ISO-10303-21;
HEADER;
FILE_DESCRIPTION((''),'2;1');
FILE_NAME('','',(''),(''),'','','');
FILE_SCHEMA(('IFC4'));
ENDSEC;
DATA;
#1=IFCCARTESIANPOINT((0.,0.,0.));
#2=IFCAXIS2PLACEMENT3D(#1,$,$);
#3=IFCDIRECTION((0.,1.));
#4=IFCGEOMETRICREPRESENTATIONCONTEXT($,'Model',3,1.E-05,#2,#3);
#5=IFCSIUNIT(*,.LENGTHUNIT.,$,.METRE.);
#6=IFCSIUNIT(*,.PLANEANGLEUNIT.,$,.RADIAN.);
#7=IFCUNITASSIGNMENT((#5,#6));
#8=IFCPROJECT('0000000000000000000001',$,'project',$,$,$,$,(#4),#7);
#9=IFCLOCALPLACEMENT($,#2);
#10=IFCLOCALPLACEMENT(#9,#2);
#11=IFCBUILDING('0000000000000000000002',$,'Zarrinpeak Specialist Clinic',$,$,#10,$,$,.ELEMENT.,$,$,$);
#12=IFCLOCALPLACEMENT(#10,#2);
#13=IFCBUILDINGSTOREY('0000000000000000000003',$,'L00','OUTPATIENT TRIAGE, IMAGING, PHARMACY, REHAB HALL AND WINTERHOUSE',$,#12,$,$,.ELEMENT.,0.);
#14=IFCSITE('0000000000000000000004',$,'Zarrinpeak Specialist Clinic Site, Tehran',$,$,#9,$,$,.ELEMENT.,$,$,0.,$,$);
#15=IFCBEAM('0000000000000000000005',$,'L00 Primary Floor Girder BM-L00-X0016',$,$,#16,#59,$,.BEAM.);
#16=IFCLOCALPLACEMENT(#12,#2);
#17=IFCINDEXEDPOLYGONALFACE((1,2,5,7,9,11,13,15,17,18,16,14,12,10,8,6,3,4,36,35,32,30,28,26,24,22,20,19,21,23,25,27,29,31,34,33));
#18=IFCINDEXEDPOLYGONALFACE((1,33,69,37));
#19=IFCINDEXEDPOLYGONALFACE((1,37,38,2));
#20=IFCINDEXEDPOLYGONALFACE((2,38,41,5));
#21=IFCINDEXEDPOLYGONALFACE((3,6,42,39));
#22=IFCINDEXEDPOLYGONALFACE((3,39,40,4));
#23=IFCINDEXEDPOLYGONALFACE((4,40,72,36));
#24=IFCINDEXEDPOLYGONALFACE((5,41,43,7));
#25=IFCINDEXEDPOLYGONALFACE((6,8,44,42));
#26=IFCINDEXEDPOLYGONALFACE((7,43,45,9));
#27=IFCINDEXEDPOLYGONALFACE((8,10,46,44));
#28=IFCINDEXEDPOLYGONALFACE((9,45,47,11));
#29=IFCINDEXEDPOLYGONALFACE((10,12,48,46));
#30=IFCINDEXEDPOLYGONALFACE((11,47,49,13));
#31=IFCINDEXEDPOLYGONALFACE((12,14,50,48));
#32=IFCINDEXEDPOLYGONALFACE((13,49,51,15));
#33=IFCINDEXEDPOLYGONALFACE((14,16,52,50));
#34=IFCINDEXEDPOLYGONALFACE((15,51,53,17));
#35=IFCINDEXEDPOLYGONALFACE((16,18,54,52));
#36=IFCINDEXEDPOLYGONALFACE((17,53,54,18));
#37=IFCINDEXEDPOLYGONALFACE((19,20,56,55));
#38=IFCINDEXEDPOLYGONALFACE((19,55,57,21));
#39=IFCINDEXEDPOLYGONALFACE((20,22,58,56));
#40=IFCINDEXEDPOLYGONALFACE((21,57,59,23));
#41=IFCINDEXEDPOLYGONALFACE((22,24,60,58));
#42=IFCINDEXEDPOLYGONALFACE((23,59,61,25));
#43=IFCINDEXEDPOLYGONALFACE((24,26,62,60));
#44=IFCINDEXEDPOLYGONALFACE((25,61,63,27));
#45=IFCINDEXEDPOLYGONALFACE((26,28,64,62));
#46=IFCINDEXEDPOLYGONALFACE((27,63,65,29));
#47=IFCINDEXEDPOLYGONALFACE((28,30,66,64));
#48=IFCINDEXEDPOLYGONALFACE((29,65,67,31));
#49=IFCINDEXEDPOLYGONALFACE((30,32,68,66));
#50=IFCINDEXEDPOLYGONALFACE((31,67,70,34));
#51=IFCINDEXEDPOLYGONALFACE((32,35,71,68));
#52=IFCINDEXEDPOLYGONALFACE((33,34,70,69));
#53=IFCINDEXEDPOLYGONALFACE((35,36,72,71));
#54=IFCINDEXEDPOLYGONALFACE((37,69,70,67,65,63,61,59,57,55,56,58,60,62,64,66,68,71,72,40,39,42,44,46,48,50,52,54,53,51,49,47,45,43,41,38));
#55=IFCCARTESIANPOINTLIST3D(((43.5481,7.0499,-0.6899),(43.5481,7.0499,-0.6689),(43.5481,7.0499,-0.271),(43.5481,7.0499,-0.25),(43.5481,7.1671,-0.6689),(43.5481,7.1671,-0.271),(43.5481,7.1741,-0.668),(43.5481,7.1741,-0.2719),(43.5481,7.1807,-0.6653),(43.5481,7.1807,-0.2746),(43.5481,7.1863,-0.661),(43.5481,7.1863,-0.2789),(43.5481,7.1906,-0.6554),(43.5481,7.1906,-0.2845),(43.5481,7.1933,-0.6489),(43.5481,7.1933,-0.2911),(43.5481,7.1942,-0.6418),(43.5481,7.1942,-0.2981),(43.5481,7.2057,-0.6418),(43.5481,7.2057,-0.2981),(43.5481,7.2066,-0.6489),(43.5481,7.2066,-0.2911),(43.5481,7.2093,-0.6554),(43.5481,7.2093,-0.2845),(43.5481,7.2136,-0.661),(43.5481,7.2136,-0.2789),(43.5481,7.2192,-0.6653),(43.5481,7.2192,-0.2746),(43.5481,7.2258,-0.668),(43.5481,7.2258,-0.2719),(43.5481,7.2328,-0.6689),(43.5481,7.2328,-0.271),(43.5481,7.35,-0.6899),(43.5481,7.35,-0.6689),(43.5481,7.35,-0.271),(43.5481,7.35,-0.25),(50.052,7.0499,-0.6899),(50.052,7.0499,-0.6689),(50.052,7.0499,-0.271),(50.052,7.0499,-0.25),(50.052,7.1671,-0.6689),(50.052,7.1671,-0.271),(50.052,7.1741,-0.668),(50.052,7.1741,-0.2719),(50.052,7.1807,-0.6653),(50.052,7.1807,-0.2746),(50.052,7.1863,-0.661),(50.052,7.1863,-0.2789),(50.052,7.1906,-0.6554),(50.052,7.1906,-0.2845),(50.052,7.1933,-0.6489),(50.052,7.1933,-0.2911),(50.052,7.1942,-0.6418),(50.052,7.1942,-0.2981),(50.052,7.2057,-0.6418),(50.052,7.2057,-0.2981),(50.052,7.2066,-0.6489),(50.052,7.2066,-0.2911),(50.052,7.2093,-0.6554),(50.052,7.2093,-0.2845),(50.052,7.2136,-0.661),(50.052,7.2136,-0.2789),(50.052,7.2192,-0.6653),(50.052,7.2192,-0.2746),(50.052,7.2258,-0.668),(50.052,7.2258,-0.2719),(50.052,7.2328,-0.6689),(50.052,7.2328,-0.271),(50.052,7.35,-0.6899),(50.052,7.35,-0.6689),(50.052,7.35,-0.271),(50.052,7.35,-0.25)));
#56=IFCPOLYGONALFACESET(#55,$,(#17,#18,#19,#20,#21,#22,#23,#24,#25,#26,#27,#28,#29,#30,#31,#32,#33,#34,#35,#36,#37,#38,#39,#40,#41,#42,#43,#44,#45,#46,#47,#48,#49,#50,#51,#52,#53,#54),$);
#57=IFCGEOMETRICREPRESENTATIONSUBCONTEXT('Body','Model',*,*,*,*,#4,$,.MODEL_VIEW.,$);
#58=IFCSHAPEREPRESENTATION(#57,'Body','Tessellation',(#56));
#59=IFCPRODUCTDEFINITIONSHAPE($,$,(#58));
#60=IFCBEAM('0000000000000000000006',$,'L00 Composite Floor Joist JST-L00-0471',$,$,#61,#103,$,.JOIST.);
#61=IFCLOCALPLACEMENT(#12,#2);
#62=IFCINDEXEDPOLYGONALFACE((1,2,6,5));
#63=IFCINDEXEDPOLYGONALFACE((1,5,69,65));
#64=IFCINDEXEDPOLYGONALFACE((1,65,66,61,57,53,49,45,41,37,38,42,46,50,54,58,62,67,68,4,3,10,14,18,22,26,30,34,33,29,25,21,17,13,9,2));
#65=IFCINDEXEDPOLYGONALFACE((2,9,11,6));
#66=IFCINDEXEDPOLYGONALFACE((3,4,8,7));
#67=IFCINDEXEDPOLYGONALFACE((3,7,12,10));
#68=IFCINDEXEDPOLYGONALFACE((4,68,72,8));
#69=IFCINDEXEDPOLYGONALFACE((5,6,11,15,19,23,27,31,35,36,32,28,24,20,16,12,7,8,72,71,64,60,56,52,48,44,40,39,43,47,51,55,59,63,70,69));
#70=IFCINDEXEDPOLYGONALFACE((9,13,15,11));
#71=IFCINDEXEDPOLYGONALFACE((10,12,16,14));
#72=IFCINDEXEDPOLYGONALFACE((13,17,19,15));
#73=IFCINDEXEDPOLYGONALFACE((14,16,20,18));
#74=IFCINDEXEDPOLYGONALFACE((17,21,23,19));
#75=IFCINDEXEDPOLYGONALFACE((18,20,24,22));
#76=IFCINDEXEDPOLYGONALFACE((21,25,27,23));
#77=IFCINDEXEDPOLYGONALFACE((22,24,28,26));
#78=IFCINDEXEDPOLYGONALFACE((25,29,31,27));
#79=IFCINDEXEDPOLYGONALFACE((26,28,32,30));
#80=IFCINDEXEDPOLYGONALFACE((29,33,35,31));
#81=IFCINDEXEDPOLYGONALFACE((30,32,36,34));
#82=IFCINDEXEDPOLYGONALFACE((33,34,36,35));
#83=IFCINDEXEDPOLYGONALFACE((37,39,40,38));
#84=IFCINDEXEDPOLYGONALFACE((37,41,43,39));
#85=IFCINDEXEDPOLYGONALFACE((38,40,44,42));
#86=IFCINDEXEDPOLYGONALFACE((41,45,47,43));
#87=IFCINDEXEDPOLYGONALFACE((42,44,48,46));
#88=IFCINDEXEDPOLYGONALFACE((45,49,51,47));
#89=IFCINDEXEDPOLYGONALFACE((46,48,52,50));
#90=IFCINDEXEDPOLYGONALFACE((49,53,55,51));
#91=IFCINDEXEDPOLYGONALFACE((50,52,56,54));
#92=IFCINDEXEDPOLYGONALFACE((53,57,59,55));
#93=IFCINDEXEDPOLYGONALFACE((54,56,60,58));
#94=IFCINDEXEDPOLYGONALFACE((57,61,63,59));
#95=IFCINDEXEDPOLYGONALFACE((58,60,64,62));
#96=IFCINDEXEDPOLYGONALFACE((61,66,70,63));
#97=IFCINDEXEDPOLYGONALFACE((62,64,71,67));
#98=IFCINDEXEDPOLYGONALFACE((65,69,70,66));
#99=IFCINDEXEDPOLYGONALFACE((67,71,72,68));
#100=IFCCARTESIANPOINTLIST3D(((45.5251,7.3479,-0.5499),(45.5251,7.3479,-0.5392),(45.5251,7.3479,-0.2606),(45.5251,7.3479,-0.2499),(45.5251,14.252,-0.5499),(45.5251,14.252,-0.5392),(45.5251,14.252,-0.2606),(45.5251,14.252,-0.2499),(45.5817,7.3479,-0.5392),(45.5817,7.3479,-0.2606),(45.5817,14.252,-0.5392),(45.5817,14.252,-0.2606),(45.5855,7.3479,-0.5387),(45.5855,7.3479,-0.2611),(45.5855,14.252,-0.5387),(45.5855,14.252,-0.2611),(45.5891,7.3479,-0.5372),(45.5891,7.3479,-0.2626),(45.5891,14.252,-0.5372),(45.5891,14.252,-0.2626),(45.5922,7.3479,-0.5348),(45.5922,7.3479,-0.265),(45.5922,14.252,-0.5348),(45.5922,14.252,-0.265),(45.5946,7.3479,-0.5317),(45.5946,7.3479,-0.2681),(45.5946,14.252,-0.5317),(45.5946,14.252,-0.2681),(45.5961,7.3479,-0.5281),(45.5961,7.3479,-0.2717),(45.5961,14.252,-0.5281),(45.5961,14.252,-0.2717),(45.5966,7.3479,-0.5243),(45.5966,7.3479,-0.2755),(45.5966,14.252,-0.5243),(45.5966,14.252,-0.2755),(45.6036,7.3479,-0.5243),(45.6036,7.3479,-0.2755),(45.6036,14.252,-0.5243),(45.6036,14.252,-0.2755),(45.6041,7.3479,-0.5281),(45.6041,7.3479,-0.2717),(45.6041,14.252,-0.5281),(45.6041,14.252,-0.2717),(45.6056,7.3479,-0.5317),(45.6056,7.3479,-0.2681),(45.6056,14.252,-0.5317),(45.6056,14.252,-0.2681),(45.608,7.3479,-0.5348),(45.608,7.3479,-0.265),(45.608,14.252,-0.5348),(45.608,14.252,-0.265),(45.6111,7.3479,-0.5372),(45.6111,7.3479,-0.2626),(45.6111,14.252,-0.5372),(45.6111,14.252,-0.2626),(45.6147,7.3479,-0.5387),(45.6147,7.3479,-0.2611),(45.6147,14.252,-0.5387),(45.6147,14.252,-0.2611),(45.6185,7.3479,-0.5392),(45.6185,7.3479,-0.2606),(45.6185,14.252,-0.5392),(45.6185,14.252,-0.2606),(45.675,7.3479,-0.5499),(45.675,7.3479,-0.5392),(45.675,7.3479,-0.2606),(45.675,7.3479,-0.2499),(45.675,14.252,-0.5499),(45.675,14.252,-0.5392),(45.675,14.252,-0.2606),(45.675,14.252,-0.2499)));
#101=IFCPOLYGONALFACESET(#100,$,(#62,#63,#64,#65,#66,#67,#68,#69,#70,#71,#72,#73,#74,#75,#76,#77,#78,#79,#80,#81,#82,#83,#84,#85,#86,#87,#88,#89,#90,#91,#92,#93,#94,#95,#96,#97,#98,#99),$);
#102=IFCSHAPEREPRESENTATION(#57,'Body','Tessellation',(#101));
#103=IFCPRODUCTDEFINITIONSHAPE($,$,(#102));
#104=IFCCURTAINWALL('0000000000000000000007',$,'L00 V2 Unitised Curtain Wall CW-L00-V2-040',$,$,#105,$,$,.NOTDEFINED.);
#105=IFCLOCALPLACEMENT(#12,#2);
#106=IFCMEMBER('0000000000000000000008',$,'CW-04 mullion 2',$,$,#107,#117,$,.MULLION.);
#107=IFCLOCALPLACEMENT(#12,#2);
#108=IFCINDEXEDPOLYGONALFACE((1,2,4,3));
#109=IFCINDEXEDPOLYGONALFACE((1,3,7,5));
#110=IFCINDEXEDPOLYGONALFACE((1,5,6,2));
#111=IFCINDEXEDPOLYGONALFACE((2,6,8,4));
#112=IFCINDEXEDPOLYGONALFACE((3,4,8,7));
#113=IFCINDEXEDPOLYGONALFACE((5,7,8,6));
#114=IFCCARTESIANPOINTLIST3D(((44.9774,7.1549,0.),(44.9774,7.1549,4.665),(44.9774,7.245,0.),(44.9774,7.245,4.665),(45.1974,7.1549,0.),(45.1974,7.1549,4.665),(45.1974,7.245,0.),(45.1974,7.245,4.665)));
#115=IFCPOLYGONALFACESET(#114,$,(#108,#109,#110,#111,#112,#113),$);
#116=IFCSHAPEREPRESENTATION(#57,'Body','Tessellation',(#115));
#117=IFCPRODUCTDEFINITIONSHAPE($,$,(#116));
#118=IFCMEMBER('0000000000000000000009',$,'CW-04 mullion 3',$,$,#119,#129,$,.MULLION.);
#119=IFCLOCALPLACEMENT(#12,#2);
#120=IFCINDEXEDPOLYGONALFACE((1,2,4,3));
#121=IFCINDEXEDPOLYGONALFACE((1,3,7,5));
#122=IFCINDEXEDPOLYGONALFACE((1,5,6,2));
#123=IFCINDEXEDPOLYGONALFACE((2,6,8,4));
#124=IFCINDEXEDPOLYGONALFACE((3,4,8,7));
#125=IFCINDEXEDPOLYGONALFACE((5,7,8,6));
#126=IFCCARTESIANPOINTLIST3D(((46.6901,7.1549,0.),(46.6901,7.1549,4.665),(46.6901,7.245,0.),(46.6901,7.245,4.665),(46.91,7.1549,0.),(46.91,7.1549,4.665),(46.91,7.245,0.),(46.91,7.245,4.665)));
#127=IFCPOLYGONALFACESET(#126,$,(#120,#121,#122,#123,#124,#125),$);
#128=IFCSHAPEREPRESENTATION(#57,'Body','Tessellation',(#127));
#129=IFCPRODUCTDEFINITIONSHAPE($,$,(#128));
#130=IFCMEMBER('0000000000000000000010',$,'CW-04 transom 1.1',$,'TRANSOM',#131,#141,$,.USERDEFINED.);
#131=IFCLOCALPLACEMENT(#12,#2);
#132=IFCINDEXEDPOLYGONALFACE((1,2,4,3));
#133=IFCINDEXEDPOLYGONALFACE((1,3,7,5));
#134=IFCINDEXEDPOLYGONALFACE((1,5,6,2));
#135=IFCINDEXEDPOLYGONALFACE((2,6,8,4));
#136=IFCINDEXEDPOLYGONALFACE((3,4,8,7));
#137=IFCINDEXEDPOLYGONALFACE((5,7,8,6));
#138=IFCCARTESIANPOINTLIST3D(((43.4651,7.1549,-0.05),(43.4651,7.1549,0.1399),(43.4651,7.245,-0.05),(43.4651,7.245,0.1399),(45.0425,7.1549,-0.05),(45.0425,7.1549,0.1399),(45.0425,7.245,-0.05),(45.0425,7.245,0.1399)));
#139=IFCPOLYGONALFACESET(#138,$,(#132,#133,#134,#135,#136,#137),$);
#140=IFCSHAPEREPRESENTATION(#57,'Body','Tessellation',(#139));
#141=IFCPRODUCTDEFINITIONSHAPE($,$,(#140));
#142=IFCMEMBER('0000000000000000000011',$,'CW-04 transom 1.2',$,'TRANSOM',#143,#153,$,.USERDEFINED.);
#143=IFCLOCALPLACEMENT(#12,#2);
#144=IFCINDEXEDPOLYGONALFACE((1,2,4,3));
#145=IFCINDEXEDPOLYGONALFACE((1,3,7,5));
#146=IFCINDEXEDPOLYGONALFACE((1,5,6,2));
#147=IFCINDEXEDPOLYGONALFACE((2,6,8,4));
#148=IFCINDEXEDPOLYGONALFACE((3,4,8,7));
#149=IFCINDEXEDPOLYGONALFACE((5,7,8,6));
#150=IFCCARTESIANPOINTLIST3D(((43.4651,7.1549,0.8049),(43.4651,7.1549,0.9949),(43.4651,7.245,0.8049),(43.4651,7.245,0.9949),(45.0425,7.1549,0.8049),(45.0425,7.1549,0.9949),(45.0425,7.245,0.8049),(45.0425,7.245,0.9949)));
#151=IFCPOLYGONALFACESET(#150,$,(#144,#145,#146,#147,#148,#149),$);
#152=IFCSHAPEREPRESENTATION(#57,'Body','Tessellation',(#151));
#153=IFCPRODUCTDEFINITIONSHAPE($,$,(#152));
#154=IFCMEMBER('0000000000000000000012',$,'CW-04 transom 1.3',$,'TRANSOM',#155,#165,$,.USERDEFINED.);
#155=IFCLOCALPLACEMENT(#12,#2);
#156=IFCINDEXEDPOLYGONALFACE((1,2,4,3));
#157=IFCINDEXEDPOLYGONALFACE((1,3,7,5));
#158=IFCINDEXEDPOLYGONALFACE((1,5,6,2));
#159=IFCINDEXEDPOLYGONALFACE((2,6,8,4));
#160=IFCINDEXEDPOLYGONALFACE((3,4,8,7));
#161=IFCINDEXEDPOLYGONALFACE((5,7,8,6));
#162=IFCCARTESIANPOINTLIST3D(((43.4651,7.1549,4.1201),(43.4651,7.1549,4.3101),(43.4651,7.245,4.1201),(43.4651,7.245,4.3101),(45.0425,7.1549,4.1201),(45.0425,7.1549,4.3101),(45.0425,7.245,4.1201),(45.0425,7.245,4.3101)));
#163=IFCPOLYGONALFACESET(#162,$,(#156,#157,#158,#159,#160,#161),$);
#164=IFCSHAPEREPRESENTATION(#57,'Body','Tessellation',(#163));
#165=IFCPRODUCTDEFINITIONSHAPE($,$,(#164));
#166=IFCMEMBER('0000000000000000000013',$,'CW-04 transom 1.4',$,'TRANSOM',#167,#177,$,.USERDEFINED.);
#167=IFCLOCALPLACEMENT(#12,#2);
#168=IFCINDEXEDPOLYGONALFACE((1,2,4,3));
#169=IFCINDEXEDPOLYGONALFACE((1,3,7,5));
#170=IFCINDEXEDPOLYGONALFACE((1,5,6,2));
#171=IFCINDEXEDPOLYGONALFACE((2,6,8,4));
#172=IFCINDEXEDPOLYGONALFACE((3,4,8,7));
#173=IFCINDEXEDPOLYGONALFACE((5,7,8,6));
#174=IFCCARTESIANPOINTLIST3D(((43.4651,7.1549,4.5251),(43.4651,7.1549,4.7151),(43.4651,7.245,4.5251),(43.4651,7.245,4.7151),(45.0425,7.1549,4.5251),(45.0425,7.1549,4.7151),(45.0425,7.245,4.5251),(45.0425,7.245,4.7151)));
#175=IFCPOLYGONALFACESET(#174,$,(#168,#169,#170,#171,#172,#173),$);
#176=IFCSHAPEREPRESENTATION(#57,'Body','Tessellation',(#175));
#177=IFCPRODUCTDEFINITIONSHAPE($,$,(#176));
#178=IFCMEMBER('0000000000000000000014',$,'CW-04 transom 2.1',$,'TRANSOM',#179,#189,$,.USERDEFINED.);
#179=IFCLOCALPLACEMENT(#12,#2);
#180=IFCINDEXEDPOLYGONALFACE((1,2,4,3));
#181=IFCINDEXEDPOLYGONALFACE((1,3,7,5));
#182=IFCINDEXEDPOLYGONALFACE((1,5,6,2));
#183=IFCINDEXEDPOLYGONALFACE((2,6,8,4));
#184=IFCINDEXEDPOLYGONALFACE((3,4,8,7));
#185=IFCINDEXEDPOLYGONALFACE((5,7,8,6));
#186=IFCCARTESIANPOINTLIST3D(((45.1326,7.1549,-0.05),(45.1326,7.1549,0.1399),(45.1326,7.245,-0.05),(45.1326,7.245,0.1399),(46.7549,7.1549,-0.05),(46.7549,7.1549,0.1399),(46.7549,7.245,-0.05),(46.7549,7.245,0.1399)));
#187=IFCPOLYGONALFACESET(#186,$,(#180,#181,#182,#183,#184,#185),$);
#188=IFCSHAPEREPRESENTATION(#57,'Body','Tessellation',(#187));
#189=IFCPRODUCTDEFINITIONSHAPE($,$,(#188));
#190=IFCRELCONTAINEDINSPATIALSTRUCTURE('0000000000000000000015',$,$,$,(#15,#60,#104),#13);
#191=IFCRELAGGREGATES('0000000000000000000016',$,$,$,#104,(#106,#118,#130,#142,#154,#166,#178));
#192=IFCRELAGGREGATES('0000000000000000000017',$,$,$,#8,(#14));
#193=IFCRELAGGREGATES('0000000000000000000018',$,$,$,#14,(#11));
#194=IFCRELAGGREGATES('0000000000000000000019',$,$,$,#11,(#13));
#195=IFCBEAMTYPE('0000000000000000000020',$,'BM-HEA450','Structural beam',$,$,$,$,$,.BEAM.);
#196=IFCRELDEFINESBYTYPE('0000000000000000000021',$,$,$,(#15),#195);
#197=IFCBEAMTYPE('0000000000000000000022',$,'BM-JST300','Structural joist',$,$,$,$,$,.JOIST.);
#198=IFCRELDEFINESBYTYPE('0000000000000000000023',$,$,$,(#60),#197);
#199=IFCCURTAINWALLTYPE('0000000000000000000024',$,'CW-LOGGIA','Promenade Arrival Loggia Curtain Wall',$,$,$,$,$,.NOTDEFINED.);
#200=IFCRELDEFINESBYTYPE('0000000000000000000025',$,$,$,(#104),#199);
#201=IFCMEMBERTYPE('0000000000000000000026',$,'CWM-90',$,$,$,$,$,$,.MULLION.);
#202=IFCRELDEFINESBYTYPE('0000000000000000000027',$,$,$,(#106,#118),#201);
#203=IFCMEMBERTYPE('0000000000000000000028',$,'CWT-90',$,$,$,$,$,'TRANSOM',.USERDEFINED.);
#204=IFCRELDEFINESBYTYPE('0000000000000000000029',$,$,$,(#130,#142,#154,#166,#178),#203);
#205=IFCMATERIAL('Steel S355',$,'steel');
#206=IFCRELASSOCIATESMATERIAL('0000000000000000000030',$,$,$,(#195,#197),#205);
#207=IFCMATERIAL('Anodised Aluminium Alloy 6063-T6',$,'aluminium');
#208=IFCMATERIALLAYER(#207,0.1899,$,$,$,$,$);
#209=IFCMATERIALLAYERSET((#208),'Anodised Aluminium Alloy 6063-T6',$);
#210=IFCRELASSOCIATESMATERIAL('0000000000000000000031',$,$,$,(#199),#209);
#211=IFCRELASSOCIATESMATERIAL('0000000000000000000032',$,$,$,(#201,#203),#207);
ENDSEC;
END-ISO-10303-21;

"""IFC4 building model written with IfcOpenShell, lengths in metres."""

from ifc_helpers import new_model, si_unit, direction, frame, origin, origin_2d, place, context, subcontext, project, spatial, rectangle, i_section, extrude, material, layer, layer_set, material_profile, profile_set, type_object, element, aggregate, save


model = new_model("IFC4")

# Units and contexts
model_context = context("Model", 3, precision=1e-05, world=origin(), true_north=direction((0.0, 1.0)))
body_context = subcontext(model_context, "Body", "Model", "MODEL_VIEW")
ifc_project = project(units=[si_unit("LENGTHUNIT", "METRE"), si_unit("PLANEANGLEUNIT", "RADIAN")], contexts=[model_context])

# Site, building, storey
site_placement = place(None, origin())
site = spatial("IfcSite", under=ifc_project, at=site_placement, Name="Zarrinpeak Specialist Clinic Site, Tehran", CompositionType="ELEMENT", RefElevation=0.0)
building_placement = place(site_placement, origin())
building = spatial("IfcBuilding", under=site, at=building_placement, Name="Zarrinpeak Specialist Clinic", CompositionType="ELEMENT")
storey_placement = place(building_placement, origin())
storey = spatial("IfcBuildingStorey", under=building, at=storey_placement, Name="L00", Description="OUTPATIENT TRIAGE, IMAGING, PHARMACY, REHAB HALL AND WINTERHOUSE", CompositionType="ELEMENT", Elevation=0.0)

# Beams
ifc_material_1 = material(Name="Steel S355", Category="steel")
ifc_material_profile_1 = material_profile(ifc_material_1, i_section(OverallWidth=0.3, OverallDepth=0.4399, WebThickness=0.0115, FlangeThickness=0.021, FilletRadius=0.0271, at=origin_2d()), Name="HEA 450")
ifc_profile_set_1 = profile_set([ifc_material_profile_1], Name="Steel S355")
beam_type_1 = type_object("IfcBeamType", Name="BM-HEA450", Description="Structural beam", PredefinedType="BEAM", material=ifc_profile_set_1)
beam_1_placement = place(storey_placement, frame((43.5481, 7.2, -0.47), z_axis=(1.0, 0.0, 0.0), x_axis=(0.0, 1.0, 0.0)))
element("IfcBeam", 1, at=beam_1_placement, inside=storey, type_object=beam_type_1, Name="L00 Primary Floor Girder BM-L00-X0016", PredefinedType="BEAM", context=body_context, shape_type="SweptSolid", body=[
    extrude(i_section(OverallWidth=0.3, OverallDepth=0.4399, WebThickness=0.0115, FlangeThickness=0.021, FilletRadius=0.0271, at=origin_2d()), origin(), (0.0, 0.0, 1.0), 6.5039),
])
ifc_material_profile_2 = material_profile(ifc_material_1, i_section(OverallWidth=0.1499, OverallDepth=0.3, WebThickness=0.0071, FlangeThickness=0.0107, FilletRadius=0.0149, at=origin_2d()), Name="IPE 300")
ifc_profile_set_2 = profile_set([ifc_material_profile_2], Name="Steel S355")
beam_type_2 = type_object("IfcBeamType", Name="BM-JST300", Description="Structural joist", PredefinedType="JOIST", material=ifc_profile_set_2)
beam_2_placement = place(storey_placement, frame((45.6001, 7.3479, -0.3999), z_axis=(0.0, 1.0, 0.0), x_axis=(-1.0, 0.0, 0.0)))
element("IfcBeam", 2, at=beam_2_placement, inside=storey, type_object=beam_type_2, Name="L00 Composite Floor Joist JST-L00-0471", PredefinedType="JOIST", context=body_context, shape_type="SweptSolid", body=[
    extrude(i_section(OverallWidth=0.1499, OverallDepth=0.3, WebThickness=0.0071, FlangeThickness=0.0107, FilletRadius=0.0149, at=origin_2d()), origin(), (0.0, 0.0, 1.0), 6.9041),
])

# Curtain wall, members
ifc_material_2 = material(Name="Anodised Aluminium Alloy 6063-T6", Category="aluminium")
ifc_layer_1 = layer(ifc_material_2, 0.1899)
ifc_layer_set_1 = layer_set([ifc_layer_1], Name="Anodised Aluminium Alloy 6063-T6")
curtain_wall_type = type_object("IfcCurtainWallType", Name="CW-LOGGIA", Description="Promenade Arrival Loggia Curtain Wall", PredefinedType="NOTDEFINED", material=ifc_layer_set_1)
curtain_wall_placement = place(storey_placement, origin())
curtain_wall = element("IfcCurtainWall", 3, at=curtain_wall_placement, inside=storey, type_object=curtain_wall_type, Name="L00 V2 Unitised Curtain Wall CW-L00-V2-040", PredefinedType="NOTDEFINED")
ifc_material_profile_3 = material_profile(ifc_material_2, rectangle(XDim=0.0901, YDim=0.22, at=origin_2d()), Name="ALU 90x220")
ifc_profile_set_3 = profile_set([ifc_material_profile_3], Name="Anodised Aluminium Alloy 6063-T6")
member_type_1 = type_object("IfcMemberType", Name="CWM-90", PredefinedType="MULLION", material=ifc_profile_set_3)
member_1_placement = place(storey_placement, frame((45.0874, 7.2, 0.0), z_axis=(0.0, 0.0, 1.0), x_axis=(0.0, 1.0, 0.0)))
member_1 = element("IfcMember", 4, at=member_1_placement, type_object=member_type_1, Name="CW-04 mullion 2", PredefinedType="MULLION", context=body_context, shape_type="SweptSolid", body=[
    extrude(rectangle(XDim=0.0901, YDim=0.22, at=origin_2d()), origin(), (0.0, 0.0, 1.0), 4.665),
])
member_2_placement = place(storey_placement, frame((46.8, 7.2, 0.0), z_axis=(0.0, 0.0, 1.0), x_axis=(0.0, 1.0, 0.0)))
member_2 = element("IfcMember", 5, at=member_2_placement, type_object=member_type_1, Name="CW-04 mullion 3", PredefinedType="MULLION", context=body_context, shape_type="SweptSolid", body=[
    extrude(rectangle(XDim=0.0901, YDim=0.22, at=origin_2d()), origin(), (0.0, 0.0, 1.0), 4.665),
])
ifc_material_profile_4 = material_profile(ifc_material_2, rectangle(XDim=0.0901, YDim=0.1899, at=origin_2d()), Name="ALU 90x190")
ifc_profile_set_4 = profile_set([ifc_material_profile_4], Name="Anodised Aluminium Alloy 6063-T6")
member_type_2 = type_object("IfcMemberType", Name="CWT-90", ElementType="TRANSOM", PredefinedType="USERDEFINED", material=ifc_profile_set_4)
member_3_placement = place(storey_placement, frame((43.4651, 7.2, 0.0449), z_axis=(1.0, 0.0, 0.0), x_axis=(0.0, 1.0, 0.0)))
member_3 = element("IfcMember", 6, at=member_3_placement, type_object=member_type_2, Name="CW-04 transom 1.1", ObjectType="TRANSOM", PredefinedType="USERDEFINED", context=body_context, shape_type="SweptSolid", body=[
    extrude(rectangle(XDim=0.0901, YDim=0.1899, at=origin_2d()), origin(), (0.0, 0.0, 1.0), 1.5774),
])
member_4_placement = place(storey_placement, frame((43.4651, 7.2, 0.8999), z_axis=(1.0, 0.0, 0.0), x_axis=(0.0, 1.0, 0.0)))
member_4 = element("IfcMember", 7, at=member_4_placement, type_object=member_type_2, Name="CW-04 transom 1.2", ObjectType="TRANSOM", PredefinedType="USERDEFINED", context=body_context, shape_type="SweptSolid", body=[
    extrude(rectangle(XDim=0.0901, YDim=0.1899, at=origin_2d()), origin(), (0.0, 0.0, 1.0), 1.5774),
])
member_5_placement = place(storey_placement, frame((43.4651, 7.2, 4.2151), z_axis=(1.0, 0.0, 0.0), x_axis=(0.0, 1.0, 0.0)))
member_5 = element("IfcMember", 8, at=member_5_placement, type_object=member_type_2, Name="CW-04 transom 1.3", ObjectType="TRANSOM", PredefinedType="USERDEFINED", context=body_context, shape_type="SweptSolid", body=[
    extrude(rectangle(XDim=0.0901, YDim=0.1899, at=origin_2d()), origin(), (0.0, 0.0, 1.0), 1.5774),
])
member_6_placement = place(storey_placement, frame((43.4651, 7.2, 4.6201), z_axis=(1.0, 0.0, 0.0), x_axis=(0.0, 1.0, 0.0)))
member_6 = element("IfcMember", 9, at=member_6_placement, type_object=member_type_2, Name="CW-04 transom 1.4", ObjectType="TRANSOM", PredefinedType="USERDEFINED", context=body_context, shape_type="SweptSolid", body=[
    extrude(rectangle(XDim=0.0901, YDim=0.1899, at=origin_2d()), origin(), (0.0, 0.0, 1.0), 1.5774),
])
member_7_placement = place(storey_placement, frame((45.1326, 7.2, 0.0449), z_axis=(1.0, 0.0, 0.0), x_axis=(0.0, 1.0, 0.0)))
member_7 = element("IfcMember", 10, at=member_7_placement, type_object=member_type_2, Name="CW-04 transom 2.1", ObjectType="TRANSOM", PredefinedType="USERDEFINED", context=body_context, shape_type="SweptSolid", body=[
    extrude(rectangle(XDim=0.0901, YDim=0.1899, at=origin_2d()), origin(), (0.0, 0.0, 1.0), 1.6223),
])
aggregate(curtain_wall, [member_1, member_2, member_3, member_4, member_5, member_6, member_7])

save(model, "model.ifc")
